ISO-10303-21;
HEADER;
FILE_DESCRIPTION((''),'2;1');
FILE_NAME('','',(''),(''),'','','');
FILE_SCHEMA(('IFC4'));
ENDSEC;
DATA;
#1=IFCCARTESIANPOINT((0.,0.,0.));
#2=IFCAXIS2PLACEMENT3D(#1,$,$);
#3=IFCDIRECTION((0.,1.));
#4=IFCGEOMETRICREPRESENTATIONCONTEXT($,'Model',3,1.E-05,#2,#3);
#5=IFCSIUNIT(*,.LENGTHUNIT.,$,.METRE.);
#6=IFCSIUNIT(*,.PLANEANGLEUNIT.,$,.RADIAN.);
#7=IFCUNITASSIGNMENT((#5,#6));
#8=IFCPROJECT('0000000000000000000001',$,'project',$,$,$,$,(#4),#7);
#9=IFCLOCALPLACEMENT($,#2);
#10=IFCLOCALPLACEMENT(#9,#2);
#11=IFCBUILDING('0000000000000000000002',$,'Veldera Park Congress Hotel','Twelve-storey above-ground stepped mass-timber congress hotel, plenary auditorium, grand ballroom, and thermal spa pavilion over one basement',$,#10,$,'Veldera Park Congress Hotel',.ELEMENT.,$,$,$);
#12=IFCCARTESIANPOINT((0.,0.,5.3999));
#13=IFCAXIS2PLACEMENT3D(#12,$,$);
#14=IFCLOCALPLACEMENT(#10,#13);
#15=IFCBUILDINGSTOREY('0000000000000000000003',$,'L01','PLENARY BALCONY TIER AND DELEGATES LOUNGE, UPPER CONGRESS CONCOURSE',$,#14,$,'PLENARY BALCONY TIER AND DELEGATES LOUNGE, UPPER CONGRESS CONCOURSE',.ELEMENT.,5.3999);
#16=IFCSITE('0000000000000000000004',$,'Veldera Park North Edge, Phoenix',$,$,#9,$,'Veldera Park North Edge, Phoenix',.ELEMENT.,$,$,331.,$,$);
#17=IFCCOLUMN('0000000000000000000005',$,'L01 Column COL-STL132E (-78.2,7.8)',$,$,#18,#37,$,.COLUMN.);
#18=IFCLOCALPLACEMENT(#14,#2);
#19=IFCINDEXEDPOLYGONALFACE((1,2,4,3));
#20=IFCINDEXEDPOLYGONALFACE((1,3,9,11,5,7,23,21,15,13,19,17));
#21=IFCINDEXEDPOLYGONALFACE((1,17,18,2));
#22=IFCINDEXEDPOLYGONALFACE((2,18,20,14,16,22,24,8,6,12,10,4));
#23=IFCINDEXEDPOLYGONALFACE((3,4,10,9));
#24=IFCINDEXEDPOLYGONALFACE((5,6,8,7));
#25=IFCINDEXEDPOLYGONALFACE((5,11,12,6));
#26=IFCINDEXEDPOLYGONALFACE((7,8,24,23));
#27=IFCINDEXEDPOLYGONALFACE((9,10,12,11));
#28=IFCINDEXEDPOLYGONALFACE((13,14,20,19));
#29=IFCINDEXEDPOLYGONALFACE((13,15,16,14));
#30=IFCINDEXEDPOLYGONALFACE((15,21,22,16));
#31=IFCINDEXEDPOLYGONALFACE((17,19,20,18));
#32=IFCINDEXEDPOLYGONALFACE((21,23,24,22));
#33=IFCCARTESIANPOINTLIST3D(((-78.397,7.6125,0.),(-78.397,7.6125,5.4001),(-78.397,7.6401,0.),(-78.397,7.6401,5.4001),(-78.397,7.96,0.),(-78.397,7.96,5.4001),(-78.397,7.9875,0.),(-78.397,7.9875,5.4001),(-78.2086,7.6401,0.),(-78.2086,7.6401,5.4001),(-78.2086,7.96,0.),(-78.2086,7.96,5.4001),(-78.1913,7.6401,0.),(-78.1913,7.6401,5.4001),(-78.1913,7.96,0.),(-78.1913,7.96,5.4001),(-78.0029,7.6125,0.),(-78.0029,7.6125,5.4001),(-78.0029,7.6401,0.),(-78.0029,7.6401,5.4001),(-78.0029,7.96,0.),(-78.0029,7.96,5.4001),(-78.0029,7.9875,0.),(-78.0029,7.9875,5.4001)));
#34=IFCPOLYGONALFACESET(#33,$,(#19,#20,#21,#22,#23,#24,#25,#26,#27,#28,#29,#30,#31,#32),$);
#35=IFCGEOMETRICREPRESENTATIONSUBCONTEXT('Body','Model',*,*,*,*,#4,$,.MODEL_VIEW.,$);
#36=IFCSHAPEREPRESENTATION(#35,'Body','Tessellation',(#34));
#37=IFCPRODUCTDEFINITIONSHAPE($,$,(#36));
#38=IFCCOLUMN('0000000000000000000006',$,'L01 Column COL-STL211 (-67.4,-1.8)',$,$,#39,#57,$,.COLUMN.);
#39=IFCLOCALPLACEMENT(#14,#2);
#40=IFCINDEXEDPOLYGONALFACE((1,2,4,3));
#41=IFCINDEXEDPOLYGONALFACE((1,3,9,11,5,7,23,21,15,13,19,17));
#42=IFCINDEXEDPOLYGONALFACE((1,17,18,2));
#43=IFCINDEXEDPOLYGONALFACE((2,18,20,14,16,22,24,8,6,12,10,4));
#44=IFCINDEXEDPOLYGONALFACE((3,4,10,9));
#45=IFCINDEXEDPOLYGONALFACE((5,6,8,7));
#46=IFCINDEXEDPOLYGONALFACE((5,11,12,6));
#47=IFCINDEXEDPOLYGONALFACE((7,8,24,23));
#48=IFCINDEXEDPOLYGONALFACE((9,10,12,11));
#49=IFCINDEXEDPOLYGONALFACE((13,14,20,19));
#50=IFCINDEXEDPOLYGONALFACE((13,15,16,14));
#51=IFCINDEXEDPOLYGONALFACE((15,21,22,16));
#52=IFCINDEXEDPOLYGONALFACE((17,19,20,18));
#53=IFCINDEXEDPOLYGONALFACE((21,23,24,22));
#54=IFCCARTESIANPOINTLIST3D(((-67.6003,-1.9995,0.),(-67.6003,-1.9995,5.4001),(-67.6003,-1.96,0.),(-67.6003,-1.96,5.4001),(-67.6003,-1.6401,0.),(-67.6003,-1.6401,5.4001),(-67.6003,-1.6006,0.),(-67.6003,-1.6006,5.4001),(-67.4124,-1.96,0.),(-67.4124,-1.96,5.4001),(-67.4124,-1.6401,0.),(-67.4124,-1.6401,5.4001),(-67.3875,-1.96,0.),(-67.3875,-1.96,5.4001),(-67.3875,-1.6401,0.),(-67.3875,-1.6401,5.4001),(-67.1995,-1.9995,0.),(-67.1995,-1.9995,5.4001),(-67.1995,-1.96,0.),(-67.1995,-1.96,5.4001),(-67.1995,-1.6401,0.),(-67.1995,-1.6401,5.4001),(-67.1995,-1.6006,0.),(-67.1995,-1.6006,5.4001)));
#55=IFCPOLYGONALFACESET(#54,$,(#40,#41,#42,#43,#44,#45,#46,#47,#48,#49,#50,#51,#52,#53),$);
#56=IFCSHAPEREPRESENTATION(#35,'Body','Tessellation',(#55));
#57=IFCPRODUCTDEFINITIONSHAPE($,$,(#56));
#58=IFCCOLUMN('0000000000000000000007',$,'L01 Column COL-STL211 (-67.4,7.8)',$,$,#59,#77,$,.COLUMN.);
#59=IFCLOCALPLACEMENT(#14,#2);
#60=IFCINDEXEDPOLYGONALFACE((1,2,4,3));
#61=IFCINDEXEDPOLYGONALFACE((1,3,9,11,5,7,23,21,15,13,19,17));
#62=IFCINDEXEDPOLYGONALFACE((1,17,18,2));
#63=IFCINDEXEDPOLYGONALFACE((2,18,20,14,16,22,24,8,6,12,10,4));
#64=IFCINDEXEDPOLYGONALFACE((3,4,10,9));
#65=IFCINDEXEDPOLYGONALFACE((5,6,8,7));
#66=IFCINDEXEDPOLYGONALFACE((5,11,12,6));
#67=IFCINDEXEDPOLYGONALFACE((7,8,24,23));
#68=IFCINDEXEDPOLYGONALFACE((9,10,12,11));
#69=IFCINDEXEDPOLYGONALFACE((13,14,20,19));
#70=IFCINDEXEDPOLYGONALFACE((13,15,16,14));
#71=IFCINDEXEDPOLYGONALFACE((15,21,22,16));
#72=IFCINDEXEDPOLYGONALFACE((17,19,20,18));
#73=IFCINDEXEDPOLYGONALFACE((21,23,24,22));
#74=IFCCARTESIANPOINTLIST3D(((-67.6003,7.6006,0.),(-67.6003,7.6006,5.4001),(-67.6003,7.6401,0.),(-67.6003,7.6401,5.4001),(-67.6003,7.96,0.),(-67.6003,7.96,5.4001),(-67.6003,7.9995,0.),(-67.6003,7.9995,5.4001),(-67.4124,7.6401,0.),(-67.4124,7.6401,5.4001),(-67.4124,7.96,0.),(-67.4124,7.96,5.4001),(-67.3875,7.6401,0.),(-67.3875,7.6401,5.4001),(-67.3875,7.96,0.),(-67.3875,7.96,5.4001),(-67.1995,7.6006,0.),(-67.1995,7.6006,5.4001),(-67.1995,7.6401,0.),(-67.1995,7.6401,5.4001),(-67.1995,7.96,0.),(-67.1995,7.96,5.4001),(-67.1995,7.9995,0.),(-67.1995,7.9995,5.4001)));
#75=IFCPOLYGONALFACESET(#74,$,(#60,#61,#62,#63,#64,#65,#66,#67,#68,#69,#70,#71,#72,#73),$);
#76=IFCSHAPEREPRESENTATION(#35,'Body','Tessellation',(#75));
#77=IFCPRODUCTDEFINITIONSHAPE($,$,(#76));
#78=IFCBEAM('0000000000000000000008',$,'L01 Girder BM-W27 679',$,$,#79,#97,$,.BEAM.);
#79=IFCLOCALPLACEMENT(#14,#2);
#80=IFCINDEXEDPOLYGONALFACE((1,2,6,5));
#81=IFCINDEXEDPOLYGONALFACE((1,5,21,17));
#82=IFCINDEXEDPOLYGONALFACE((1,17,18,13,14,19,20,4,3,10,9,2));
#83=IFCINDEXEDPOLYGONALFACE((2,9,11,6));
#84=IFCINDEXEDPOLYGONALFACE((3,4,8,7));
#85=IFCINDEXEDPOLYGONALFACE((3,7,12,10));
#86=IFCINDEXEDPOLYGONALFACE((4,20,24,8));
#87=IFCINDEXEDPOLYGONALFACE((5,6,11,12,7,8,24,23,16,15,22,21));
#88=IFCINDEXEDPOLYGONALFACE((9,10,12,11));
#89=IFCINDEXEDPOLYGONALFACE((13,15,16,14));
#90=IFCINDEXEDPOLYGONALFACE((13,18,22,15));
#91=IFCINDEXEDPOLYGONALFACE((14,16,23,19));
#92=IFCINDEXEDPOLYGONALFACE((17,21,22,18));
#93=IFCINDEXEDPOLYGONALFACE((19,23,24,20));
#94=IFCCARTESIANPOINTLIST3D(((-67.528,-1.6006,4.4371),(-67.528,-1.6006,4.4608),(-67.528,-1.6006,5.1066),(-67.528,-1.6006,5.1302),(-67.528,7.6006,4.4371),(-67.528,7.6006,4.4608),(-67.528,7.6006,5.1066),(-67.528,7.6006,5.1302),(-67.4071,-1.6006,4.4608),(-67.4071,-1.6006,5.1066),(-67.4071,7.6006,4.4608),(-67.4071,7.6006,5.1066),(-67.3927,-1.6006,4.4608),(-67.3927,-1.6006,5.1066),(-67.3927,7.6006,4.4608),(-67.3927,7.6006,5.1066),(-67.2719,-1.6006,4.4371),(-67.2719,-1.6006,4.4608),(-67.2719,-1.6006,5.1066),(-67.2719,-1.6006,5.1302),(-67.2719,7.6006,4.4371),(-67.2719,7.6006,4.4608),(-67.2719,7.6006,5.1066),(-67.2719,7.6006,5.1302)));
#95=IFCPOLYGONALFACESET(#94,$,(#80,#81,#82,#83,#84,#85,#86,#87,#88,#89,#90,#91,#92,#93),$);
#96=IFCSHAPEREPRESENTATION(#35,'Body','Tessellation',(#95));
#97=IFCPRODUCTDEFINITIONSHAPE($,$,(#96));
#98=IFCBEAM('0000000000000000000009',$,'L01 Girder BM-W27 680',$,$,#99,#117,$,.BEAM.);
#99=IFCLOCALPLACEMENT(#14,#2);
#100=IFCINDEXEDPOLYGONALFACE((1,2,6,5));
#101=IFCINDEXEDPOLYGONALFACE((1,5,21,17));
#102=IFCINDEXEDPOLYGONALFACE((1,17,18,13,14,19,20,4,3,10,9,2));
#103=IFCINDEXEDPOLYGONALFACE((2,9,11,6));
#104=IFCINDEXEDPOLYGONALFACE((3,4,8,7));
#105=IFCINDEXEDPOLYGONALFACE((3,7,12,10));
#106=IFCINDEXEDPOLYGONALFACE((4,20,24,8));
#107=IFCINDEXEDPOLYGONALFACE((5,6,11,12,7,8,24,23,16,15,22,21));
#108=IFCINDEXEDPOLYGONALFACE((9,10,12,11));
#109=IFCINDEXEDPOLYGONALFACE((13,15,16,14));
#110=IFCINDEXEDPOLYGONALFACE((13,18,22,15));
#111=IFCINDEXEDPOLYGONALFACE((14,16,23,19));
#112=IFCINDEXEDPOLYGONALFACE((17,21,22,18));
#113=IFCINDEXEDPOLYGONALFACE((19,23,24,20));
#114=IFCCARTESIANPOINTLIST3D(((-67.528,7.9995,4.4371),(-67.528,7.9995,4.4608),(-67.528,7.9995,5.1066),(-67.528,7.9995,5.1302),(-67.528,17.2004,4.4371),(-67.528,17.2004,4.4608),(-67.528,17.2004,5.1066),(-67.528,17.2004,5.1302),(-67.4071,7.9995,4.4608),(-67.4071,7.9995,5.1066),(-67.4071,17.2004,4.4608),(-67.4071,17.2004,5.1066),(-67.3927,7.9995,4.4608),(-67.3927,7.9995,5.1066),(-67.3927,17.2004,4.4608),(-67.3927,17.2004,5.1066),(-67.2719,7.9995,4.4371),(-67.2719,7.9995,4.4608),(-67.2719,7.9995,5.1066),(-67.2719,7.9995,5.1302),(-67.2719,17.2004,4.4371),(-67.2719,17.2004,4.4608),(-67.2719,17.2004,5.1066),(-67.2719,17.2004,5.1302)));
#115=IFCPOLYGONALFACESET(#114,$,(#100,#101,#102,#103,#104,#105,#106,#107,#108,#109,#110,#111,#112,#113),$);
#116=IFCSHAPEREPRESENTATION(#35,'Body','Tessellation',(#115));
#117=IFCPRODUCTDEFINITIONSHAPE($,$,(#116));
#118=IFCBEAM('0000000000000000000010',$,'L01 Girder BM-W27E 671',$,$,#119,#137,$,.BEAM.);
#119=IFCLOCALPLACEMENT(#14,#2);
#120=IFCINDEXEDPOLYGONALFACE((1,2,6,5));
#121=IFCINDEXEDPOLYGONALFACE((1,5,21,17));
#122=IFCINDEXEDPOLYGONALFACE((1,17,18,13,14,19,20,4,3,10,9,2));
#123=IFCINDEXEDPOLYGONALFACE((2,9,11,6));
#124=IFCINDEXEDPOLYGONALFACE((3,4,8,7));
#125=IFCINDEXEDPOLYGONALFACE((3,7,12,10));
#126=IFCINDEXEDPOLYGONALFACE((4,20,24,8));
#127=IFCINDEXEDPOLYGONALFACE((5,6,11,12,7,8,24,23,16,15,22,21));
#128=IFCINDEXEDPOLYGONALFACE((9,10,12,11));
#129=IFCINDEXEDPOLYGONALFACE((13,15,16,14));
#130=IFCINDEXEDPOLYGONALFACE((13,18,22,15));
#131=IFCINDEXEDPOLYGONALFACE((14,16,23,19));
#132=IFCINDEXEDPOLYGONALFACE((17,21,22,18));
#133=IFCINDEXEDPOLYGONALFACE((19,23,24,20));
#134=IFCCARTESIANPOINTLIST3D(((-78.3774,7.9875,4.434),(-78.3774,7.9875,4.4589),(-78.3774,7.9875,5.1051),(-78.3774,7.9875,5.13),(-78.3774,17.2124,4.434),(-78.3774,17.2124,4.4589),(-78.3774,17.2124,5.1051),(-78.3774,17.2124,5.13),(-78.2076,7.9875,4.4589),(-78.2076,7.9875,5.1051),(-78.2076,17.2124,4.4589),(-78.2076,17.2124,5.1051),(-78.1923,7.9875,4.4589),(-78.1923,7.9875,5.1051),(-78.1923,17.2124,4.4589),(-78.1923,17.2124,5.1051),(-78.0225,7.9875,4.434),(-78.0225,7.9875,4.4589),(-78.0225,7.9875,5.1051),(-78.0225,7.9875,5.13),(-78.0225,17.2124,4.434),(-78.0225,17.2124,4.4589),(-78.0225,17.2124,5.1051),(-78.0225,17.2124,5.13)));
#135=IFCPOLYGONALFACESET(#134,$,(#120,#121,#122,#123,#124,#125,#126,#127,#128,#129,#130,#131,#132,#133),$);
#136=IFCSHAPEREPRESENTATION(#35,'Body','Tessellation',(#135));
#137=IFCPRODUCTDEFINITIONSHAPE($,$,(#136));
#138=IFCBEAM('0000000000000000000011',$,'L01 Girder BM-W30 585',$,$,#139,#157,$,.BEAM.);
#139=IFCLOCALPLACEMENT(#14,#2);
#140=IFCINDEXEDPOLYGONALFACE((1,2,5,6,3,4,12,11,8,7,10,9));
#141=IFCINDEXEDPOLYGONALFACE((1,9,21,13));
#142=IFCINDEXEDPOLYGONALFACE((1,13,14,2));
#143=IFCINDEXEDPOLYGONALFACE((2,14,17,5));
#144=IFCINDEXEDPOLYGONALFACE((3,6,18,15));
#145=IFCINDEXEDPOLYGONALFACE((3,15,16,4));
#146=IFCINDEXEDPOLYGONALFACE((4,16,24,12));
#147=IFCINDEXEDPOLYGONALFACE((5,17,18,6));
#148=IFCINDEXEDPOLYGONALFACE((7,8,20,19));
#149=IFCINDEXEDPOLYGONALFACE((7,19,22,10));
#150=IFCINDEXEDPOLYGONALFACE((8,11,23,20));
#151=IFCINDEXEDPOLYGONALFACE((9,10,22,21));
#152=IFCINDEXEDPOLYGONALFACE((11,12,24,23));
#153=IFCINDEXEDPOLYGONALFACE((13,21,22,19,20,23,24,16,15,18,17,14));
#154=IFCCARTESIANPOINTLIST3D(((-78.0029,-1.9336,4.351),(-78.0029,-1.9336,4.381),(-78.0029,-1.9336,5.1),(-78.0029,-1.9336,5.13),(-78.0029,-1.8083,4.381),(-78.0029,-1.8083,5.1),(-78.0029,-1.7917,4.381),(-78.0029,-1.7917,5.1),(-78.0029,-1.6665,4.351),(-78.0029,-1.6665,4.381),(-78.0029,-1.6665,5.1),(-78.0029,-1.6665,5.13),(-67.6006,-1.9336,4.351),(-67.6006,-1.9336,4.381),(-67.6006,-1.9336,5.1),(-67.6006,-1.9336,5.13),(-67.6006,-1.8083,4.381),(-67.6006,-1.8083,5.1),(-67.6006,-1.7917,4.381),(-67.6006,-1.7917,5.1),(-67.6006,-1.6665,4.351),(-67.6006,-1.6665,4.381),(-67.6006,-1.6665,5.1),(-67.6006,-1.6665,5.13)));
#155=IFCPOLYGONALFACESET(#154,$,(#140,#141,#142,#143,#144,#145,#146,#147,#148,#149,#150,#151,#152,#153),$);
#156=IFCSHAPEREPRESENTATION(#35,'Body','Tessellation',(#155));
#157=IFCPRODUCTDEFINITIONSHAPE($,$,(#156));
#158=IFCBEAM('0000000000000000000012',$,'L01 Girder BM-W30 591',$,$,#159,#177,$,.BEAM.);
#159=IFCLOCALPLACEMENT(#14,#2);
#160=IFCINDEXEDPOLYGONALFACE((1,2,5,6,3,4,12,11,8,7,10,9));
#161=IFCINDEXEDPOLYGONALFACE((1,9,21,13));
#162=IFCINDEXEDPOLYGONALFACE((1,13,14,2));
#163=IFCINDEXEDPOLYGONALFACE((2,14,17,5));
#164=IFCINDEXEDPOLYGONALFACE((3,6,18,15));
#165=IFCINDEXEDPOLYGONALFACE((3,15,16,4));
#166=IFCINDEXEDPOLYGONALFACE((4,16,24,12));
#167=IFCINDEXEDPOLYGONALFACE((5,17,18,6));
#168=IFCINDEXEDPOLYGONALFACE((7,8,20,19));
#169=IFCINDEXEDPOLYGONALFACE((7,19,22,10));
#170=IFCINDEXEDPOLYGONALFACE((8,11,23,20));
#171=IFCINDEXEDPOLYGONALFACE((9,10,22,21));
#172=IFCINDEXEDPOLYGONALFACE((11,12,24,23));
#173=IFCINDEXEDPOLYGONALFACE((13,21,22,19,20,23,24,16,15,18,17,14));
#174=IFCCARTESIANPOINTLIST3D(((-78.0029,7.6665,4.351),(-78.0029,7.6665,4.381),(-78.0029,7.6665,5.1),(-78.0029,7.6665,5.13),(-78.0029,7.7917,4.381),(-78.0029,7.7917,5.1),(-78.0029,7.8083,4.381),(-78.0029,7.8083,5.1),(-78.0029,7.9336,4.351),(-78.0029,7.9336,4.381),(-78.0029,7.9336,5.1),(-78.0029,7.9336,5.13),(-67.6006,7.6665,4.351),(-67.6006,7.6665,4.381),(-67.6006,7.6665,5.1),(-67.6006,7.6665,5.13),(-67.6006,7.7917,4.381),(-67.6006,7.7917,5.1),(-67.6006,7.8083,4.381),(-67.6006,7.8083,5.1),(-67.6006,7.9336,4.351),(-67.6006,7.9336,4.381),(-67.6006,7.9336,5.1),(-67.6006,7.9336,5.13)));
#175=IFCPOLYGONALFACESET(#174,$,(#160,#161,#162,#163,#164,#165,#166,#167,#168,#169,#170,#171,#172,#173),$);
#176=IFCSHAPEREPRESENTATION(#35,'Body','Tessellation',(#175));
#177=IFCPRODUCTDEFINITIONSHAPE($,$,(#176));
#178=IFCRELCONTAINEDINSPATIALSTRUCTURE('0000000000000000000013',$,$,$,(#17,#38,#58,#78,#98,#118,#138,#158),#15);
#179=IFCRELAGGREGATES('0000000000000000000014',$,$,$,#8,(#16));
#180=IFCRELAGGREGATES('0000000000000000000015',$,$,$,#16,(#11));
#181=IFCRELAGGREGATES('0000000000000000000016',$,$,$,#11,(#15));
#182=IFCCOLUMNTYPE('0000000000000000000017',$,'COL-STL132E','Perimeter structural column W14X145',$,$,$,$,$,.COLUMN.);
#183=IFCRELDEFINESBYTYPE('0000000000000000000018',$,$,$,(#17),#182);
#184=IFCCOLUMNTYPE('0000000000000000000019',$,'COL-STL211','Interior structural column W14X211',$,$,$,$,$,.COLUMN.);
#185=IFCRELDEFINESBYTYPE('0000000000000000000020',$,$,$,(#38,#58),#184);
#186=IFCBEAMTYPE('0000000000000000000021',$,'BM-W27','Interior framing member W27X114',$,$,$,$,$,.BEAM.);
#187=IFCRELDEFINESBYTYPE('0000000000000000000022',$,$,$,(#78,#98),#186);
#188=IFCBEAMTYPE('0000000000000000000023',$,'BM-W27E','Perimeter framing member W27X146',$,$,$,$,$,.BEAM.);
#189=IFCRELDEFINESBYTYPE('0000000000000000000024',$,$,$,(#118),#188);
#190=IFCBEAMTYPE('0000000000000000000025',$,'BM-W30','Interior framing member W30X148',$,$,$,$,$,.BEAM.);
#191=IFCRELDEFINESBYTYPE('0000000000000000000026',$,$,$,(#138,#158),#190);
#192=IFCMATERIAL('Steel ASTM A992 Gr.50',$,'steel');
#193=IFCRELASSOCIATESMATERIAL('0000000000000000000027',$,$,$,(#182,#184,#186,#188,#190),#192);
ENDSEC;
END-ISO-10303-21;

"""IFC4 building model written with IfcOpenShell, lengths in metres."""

from ifc_helpers import new_model, si_unit, direction, frame, origin, origin_2d, place, context, subcontext, project, spatial, i_section, extrude, material, material_profile, profile_set, type_object, element, save


model = new_model("IFC4")

# Units and contexts
model_context = context("Model", 3, precision=1e-05, world=origin(), true_north=direction((0.0, 1.0)))
body_context = subcontext(model_context, "Body", "Model", "MODEL_VIEW")
ifc_project = project(units=[si_unit("LENGTHUNIT", "METRE"), si_unit("PLANEANGLEUNIT", "RADIAN")], contexts=[model_context])

# Site, building, storey
site_placement = place(None, origin())
site = spatial("IfcSite", under=ifc_project, at=site_placement, Name="Veldera Park North Edge, Phoenix", LongName="Veldera Park North Edge, Phoenix", CompositionType="ELEMENT", RefElevation=331.0)
building_placement = place(site_placement, origin())
building = spatial("IfcBuilding", under=site, at=building_placement, Name="Veldera Park Congress Hotel", Description="Twelve-storey above-ground stepped mass-timber congress hotel, plenary auditorium, grand ballroom, and thermal spa pavilion over one basement", LongName="Veldera Park Congress Hotel", CompositionType="ELEMENT")
storey_placement = place(building_placement, frame((0.0, 0.0, 5.3999)))
storey = spatial("IfcBuildingStorey", under=building, at=storey_placement, Name="L01", Description="PLENARY BALCONY TIER AND DELEGATES LOUNGE, UPPER CONGRESS CONCOURSE", LongName="PLENARY BALCONY TIER AND DELEGATES LOUNGE, UPPER CONGRESS CONCOURSE", CompositionType="ELEMENT", Elevation=5.3999)

# Columns
ifc_material_1 = material(Name="Steel ASTM A992 Gr.50", Category="steel")
ifc_material_profile_1 = material_profile(ifc_material_1, i_section(OverallWidth=0.394, OverallDepth=0.375, WebThickness=0.0173, FlangeThickness=0.0276, at=origin_2d()), Name="W14X145")
ifc_profile_set_1 = profile_set([ifc_material_profile_1], Name="Steel ASTM A992 Gr.50")
column_type_1 = type_object("IfcColumnType", Name="COL-STL132E", Description="Perimeter structural column W14X145", PredefinedType="COLUMN", material=ifc_profile_set_1)
column_placement = place(storey_placement, frame((-78.2, 7.8, 0.0), z_axis=(0.0, 0.0, 1.0), x_axis=(1.0, 0.0, 0.0)))
element("IfcColumn", 1, at=column_placement, inside=storey, type_object=column_type_1, Name="L01 Column COL-STL132E (-78.2,7.8)", PredefinedType="COLUMN", context=body_context, shape_type="SweptSolid", body=[
    extrude(i_section(OverallWidth=0.394, OverallDepth=0.375, WebThickness=0.0173, FlangeThickness=0.0276, at=origin_2d()), origin(), (0.0, 0.0, 1.0), 5.4001),
])
ifc_material_profile_2 = material_profile(ifc_material_1, i_section(OverallWidth=0.4009, OverallDepth=0.3989, WebThickness=0.0249, FlangeThickness=0.0396, at=origin_2d()), Name="W14X211")
ifc_profile_set_2 = profile_set([ifc_material_profile_2], Name="Steel ASTM A992 Gr.50")
column_type_2 = type_object("IfcColumnType", Name="COL-STL211", Description="Interior structural column W14X211", PredefinedType="COLUMN", material=ifc_profile_set_2)
for number, where, z_axis, x_axis, name in (
    (2, (-67.3999, -1.8, 0.0), (0.0, 0.0, 1.0), (1.0, 0.0, 0.0), "L01 Column COL-STL211 (-67.4,-1.8)"),
    (3, (-67.3999, 7.8, 0.0), (0.0, 0.0, 1.0), (1.0, 0.0, 0.0), "L01 Column COL-STL211 (-67.4,7.8)"),
):
    element("IfcColumn", number, at=place(storey_placement, frame(where, z_axis=z_axis, x_axis=x_axis)), inside=storey, type_object=column_type_2, Name=name, PredefinedType="COLUMN", context=body_context, shape_type="SweptSolid", body=[
        extrude(i_section(OverallWidth=0.4009, OverallDepth=0.3989, WebThickness=0.0249, FlangeThickness=0.0396, at=origin_2d()), origin(), (0.0, 0.0, 1.0), 5.4001),
    ])

# Beams
ifc_material_profile_3 = material_profile(ifc_material_1, i_section(OverallWidth=0.2561, OverallDepth=0.6931, WebThickness=0.0144, FlangeThickness=0.0237, at=origin_2d()), Name="W27X114")
ifc_profile_set_3 = profile_set([ifc_material_profile_3], Name="Steel ASTM A992 Gr.50")
beam_type_1 = type_object("IfcBeamType", Name="BM-W27", Description="Interior framing member W27X114", PredefinedType="BEAM", material=ifc_profile_set_3)
beam_1_placement = place(storey_placement, frame((-67.3999, -1.6006, 4.7837), z_axis=(0.0, 1.0, 0.0), x_axis=(-1.0, 0.0, 0.0)))
element("IfcBeam", 4, at=beam_1_placement, inside=storey, type_object=beam_type_1, Name="L01 Girder BM-W27 679", PredefinedType="BEAM", context=body_context, shape_type="SweptSolid", body=[
    extrude(i_section(OverallWidth=0.2561, OverallDepth=0.6931, WebThickness=0.0144, FlangeThickness=0.0237, at=origin_2d()), origin(), (0.0, 0.0, 1.0), 9.2012),
])
beam_2_placement = place(storey_placement, frame((-67.3999, 7.9995, 4.7837), z_axis=(0.0, 1.0, 0.0), x_axis=(-1.0, 0.0, 0.0)))
element("IfcBeam", 5, at=beam_2_placement, inside=storey, type_object=beam_type_1, Name="L01 Girder BM-W27 680", PredefinedType="BEAM", context=body_context, shape_type="SweptSolid", body=[
    extrude(i_section(OverallWidth=0.2561, OverallDepth=0.6931, WebThickness=0.0144, FlangeThickness=0.0237, at=origin_2d()), origin(), (0.0, 0.0, 1.0), 9.2009),
])
ifc_material_profile_4 = material_profile(ifc_material_1, i_section(OverallWidth=0.355, OverallDepth=0.696, WebThickness=0.0154, FlangeThickness=0.0249, at=origin_2d()), Name="W27X146")
ifc_profile_set_4 = profile_set([ifc_material_profile_4], Name="Steel ASTM A992 Gr.50")
beam_type_2 = type_object("IfcBeamType", Name="BM-W27E", Description="Perimeter framing member W27X146", PredefinedType="BEAM", material=ifc_profile_set_4)
beam_3_placement = place(storey_placement, frame((-78.2, 7.9875, 4.782), z_axis=(0.0, 1.0, 0.0), x_axis=(-1.0, 0.0, 0.0)))
element("IfcBeam", 6, at=beam_3_placement, inside=storey, type_object=beam_type_2, Name="L01 Girder BM-W27E 671", PredefinedType="BEAM", context=body_context, shape_type="SweptSolid", body=[
    extrude(i_section(OverallWidth=0.355, OverallDepth=0.696, WebThickness=0.0154, FlangeThickness=0.0249, at=origin_2d()), origin(), (0.0, 0.0, 1.0), 9.2249),
])
ifc_material_profile_5 = material_profile(ifc_material_1, i_section(OverallWidth=0.2671, OverallDepth=0.7791, WebThickness=0.0166, FlangeThickness=0.03, at=origin_2d()), Name="W30X148")
ifc_profile_set_5 = profile_set([ifc_material_profile_5], Name="Steel ASTM A992 Gr.50")
beam_type_3 = type_object("IfcBeamType", Name="BM-W30", Description="Interior framing member W30X148", PredefinedType="BEAM", material=ifc_profile_set_5)
for number, where, z_axis, x_axis, name in (
    (7, (-78.0029, -1.8, 4.7405), (1.0, 0.0, 0.0), (0.0, 1.0, 0.0), "L01 Girder BM-W30 585"),
    (8, (-78.0029, 7.8, 4.7405), (1.0, 0.0, 0.0), (0.0, 1.0, 0.0), "L01 Girder BM-W30 591"),
):
    element("IfcBeam", number, at=place(storey_placement, frame(where, z_axis=z_axis, x_axis=x_axis)), inside=storey, type_object=beam_type_3, Name=name, PredefinedType="BEAM", context=body_context, shape_type="SweptSolid", body=[
        extrude(i_section(OverallWidth=0.2671, OverallDepth=0.7791, WebThickness=0.0166, FlangeThickness=0.03, at=origin_2d()), origin(), (0.0, 0.0, 1.0), 10.4023),
    ])

save(model, "model.ifc")
